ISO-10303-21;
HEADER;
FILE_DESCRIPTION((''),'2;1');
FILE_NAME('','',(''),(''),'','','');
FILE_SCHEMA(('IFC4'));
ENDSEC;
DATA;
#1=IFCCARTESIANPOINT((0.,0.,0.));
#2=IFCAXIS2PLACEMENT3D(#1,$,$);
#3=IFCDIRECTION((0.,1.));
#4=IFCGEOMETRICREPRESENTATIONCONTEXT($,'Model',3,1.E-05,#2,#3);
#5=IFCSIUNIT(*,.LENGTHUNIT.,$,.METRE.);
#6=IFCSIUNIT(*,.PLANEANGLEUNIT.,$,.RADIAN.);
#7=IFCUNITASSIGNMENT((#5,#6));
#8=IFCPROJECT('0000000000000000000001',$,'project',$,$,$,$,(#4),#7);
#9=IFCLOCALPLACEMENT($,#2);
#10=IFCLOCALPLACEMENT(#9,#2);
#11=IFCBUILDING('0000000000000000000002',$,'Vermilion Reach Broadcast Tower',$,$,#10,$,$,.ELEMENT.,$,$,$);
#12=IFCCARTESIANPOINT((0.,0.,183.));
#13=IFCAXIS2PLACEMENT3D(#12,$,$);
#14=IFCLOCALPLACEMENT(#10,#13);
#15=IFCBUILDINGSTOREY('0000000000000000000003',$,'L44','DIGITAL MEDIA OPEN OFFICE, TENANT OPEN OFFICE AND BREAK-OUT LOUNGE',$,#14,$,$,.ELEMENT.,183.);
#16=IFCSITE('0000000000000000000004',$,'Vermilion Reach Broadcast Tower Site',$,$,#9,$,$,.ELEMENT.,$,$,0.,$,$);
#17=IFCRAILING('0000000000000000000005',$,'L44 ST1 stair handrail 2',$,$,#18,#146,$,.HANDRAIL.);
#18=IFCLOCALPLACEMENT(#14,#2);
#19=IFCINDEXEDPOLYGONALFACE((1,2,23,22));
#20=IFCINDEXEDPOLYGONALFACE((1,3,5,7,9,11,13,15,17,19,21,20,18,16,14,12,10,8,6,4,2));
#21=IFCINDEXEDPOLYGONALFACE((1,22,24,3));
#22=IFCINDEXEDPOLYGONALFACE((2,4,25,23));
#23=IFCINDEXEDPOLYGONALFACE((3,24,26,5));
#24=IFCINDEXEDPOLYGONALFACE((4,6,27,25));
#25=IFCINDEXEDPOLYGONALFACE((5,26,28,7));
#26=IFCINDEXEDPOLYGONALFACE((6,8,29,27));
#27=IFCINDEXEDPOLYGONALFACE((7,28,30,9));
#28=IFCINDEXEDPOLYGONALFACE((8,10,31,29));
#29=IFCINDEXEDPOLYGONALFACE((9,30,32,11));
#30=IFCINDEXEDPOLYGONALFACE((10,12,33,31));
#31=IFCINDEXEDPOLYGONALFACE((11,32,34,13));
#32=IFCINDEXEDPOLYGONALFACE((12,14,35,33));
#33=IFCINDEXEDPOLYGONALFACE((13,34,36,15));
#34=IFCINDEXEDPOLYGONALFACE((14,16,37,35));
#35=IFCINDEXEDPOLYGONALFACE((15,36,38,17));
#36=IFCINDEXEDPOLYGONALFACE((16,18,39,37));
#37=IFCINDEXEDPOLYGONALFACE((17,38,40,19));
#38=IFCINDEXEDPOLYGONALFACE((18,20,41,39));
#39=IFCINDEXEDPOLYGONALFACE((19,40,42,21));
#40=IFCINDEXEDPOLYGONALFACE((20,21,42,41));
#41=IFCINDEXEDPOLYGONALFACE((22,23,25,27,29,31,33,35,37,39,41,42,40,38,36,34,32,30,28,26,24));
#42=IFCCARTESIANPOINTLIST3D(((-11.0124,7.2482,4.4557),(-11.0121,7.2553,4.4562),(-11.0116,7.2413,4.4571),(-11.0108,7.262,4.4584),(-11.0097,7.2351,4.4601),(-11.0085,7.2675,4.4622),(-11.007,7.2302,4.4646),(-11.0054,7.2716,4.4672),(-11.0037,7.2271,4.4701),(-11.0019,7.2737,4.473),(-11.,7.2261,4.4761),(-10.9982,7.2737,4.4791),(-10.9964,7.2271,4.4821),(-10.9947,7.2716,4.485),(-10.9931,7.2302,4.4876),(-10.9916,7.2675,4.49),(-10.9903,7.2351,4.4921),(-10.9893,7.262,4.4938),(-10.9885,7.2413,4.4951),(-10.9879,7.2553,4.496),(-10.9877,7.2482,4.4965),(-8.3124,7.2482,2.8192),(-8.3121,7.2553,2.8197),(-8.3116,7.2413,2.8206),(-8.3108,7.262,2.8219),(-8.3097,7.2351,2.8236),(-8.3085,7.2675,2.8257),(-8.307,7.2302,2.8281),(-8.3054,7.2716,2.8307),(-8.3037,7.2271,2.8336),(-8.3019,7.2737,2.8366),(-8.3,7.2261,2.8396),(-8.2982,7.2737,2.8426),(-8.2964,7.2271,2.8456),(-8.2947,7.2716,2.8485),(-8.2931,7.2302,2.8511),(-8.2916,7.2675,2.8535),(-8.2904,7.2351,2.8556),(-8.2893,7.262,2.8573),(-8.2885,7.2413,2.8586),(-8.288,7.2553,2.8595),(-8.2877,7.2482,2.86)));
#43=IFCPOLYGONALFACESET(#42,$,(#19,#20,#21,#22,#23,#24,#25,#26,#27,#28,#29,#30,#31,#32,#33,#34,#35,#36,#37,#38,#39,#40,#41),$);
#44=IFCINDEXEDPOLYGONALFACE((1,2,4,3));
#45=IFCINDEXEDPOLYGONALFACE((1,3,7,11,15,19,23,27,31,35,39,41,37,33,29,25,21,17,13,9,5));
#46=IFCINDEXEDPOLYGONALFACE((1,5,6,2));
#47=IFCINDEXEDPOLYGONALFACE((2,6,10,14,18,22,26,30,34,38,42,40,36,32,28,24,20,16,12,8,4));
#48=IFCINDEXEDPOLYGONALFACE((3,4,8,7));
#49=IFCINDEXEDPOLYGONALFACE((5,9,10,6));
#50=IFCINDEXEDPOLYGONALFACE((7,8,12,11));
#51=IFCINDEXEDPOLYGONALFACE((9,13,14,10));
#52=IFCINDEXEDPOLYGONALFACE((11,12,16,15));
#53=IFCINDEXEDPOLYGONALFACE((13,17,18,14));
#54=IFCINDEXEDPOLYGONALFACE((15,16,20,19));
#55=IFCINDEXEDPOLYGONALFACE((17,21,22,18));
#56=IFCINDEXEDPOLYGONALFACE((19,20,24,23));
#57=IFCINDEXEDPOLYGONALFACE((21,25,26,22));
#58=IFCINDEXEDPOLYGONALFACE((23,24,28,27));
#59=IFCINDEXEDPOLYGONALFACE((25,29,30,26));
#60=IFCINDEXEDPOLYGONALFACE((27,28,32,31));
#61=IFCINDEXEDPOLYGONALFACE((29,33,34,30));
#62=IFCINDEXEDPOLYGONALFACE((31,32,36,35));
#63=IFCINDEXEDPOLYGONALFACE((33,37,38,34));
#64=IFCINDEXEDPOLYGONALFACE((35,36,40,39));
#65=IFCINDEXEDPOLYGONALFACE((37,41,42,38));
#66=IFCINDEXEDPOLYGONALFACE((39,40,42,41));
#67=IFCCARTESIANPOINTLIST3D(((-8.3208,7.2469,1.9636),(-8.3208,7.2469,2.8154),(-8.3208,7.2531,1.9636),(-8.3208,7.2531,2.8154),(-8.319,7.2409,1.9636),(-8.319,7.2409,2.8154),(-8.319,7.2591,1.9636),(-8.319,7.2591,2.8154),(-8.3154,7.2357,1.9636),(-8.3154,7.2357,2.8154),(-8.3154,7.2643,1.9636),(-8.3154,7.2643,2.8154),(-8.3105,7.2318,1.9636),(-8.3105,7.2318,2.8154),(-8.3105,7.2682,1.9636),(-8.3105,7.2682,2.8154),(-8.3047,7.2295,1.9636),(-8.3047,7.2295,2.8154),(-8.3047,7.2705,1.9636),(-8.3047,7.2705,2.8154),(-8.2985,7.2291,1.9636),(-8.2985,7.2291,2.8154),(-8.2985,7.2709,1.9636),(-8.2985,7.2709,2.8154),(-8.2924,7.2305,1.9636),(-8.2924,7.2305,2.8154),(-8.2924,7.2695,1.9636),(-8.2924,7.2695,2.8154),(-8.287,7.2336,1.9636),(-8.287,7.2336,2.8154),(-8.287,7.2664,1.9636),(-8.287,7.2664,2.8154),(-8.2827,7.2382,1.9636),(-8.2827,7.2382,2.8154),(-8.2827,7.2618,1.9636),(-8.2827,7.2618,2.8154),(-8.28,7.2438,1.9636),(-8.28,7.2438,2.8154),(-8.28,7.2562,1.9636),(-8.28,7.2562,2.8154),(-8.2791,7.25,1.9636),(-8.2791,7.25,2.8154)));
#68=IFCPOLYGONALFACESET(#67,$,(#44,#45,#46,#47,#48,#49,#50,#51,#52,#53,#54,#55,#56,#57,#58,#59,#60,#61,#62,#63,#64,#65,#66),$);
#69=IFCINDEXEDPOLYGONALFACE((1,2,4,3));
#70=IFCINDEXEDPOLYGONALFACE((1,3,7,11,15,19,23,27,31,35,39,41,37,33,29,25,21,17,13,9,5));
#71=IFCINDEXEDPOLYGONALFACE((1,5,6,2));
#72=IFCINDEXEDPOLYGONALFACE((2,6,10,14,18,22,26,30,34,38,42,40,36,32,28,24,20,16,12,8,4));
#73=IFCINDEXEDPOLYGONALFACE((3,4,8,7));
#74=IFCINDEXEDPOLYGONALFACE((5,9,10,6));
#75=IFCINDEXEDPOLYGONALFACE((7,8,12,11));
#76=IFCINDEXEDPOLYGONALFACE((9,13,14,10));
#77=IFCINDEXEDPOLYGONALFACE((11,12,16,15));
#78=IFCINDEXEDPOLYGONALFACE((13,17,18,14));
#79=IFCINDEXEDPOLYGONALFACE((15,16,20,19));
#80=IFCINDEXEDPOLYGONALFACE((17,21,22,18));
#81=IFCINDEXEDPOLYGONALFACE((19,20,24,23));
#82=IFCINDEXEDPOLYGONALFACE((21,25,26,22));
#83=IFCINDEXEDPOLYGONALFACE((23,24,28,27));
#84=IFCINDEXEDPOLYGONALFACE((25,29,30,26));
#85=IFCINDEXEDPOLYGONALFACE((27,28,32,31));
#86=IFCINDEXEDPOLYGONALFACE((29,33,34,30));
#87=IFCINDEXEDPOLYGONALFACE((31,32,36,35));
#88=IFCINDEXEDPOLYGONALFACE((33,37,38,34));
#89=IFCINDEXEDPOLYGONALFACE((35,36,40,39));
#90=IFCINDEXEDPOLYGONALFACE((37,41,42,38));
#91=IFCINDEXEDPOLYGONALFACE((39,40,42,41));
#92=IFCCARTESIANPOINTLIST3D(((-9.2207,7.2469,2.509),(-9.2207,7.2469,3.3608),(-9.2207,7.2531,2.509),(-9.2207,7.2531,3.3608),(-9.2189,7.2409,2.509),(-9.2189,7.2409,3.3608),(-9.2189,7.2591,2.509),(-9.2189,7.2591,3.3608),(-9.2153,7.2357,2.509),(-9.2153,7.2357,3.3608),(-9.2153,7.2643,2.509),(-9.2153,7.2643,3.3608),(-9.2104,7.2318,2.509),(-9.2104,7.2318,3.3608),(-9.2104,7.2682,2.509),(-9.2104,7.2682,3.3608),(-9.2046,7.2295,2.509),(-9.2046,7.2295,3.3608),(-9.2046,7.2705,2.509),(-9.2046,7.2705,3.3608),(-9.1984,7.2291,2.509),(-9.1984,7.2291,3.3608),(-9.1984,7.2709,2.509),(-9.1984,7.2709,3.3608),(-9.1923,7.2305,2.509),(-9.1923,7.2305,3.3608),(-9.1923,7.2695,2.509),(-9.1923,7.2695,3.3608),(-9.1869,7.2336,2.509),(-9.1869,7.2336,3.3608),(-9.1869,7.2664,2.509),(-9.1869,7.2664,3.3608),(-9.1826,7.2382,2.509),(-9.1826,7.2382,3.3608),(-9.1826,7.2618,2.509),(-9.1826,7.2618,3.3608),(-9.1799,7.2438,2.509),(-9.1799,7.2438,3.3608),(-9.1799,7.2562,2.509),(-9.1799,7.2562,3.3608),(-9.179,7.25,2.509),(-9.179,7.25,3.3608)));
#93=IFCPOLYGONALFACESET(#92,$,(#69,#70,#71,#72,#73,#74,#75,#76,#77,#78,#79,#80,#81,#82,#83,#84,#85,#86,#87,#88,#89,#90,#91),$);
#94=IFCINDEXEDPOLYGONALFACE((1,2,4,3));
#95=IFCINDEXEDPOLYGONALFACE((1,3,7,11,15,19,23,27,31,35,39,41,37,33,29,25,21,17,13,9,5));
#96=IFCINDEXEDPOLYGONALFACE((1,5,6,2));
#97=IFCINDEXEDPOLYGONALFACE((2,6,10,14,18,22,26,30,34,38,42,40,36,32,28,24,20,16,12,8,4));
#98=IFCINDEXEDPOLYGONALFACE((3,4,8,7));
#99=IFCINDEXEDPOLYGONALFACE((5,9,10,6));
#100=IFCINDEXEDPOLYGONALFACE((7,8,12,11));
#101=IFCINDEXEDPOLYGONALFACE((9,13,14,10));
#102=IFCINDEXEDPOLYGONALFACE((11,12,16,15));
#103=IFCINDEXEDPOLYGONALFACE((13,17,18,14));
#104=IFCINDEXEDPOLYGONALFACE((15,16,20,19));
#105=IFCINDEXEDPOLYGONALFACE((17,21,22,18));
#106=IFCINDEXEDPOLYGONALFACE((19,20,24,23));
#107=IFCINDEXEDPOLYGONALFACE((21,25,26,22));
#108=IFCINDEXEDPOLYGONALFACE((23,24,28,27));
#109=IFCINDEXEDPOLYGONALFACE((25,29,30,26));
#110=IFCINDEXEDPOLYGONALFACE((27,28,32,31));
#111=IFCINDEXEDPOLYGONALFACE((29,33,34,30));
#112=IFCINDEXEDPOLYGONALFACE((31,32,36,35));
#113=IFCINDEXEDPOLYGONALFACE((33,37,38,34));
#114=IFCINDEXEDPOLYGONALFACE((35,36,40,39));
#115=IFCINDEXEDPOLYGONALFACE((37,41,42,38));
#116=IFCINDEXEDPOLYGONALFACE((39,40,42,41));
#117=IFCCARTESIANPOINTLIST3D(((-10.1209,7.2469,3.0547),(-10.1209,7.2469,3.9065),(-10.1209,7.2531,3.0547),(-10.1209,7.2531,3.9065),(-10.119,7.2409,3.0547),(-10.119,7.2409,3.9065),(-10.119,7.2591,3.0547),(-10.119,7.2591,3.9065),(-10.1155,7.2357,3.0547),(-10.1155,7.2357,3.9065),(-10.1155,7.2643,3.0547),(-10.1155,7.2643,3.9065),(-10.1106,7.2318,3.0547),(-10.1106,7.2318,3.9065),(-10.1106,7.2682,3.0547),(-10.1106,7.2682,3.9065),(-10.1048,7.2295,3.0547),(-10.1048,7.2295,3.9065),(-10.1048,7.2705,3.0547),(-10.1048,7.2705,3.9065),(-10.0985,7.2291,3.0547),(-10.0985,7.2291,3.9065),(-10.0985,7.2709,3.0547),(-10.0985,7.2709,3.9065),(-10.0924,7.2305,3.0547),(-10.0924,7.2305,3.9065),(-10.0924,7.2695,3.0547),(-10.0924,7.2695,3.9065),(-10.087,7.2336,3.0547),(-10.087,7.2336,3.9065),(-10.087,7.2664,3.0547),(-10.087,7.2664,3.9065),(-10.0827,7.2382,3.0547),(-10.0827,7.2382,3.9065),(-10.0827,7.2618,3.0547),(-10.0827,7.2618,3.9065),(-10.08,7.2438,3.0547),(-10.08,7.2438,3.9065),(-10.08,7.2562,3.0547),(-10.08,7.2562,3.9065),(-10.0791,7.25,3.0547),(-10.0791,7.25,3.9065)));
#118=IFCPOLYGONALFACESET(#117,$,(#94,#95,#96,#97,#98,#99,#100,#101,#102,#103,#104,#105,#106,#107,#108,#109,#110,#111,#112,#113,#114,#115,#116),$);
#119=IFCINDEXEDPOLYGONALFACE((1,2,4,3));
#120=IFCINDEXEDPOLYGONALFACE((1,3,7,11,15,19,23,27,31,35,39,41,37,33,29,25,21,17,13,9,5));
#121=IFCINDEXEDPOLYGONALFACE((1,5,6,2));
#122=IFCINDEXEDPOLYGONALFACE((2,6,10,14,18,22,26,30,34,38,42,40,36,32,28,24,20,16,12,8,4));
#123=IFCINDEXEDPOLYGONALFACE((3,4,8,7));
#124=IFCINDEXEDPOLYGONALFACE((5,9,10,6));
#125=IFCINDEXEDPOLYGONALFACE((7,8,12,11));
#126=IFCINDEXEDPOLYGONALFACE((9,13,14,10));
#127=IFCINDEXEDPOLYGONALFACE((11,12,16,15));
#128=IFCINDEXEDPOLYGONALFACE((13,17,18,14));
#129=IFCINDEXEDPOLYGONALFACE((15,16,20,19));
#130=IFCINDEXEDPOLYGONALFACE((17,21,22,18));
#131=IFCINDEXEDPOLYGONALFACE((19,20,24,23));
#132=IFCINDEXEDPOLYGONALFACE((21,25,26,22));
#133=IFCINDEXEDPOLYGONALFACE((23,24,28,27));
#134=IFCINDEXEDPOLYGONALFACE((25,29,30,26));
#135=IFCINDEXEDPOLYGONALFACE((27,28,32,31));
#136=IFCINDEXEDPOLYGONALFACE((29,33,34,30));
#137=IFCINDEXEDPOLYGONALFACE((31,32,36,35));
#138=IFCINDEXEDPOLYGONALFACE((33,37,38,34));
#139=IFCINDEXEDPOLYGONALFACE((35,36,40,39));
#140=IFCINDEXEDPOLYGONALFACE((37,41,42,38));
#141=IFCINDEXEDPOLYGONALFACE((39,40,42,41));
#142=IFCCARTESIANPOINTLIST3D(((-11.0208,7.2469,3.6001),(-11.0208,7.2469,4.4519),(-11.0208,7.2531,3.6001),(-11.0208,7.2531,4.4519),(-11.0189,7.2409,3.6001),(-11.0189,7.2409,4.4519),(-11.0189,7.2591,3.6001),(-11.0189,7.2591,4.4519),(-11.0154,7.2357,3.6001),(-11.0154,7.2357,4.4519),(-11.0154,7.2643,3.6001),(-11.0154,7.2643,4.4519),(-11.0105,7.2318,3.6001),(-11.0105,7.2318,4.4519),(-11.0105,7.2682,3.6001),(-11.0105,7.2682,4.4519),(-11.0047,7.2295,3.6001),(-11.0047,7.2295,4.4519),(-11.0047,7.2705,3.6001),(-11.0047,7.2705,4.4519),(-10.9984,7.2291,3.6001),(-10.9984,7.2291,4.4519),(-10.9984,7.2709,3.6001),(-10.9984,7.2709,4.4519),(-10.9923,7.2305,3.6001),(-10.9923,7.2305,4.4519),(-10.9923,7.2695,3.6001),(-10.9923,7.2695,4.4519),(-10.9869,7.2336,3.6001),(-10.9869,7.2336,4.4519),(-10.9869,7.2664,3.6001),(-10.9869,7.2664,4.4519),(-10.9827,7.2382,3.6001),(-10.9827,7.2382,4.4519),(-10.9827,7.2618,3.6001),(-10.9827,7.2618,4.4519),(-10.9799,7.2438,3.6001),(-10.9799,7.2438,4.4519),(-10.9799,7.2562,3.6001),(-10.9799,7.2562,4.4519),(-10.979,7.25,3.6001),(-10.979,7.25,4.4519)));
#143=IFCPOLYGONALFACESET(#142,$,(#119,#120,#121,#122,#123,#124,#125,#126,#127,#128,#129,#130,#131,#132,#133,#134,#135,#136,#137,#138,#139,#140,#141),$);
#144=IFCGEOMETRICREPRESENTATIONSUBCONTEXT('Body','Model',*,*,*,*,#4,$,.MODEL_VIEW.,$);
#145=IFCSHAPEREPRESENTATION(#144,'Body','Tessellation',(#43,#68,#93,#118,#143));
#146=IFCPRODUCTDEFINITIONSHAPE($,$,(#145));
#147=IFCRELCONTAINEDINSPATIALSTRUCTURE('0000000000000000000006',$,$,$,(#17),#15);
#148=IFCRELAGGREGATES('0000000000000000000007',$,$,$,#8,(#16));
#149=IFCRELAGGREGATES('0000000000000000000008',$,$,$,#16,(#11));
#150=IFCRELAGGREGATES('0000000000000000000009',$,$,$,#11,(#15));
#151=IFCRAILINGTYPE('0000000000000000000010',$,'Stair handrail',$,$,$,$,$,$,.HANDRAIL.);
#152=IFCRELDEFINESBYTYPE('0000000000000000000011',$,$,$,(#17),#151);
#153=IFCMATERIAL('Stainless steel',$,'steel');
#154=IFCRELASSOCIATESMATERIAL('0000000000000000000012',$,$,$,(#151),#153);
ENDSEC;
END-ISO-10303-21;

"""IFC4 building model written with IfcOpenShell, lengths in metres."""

from ifc_helpers import new_model, si_unit, direction, frame, origin, origin_2d, place, context, subcontext, project, spatial, circle, extrude, material, type_object, element, save


model = new_model("IFC4")

# Units and contexts
model_context = context("Model", 3, precision=1e-05, world=origin(), true_north=direction((0.0, 1.0)))
body_context = subcontext(model_context, "Body", "Model", "MODEL_VIEW")
ifc_project = project(units=[si_unit("LENGTHUNIT", "METRE"), si_unit("PLANEANGLEUNIT", "RADIAN")], contexts=[model_context])

# Site, building, storey
site_placement = place(None, origin())
site = spatial("IfcSite", under=ifc_project, at=site_placement, Name="Vermilion Reach Broadcast Tower Site", CompositionType="ELEMENT", RefElevation=0.0)
building_placement = place(site_placement, origin())
building = spatial("IfcBuilding", under=site, at=building_placement, Name="Vermilion Reach Broadcast Tower", CompositionType="ELEMENT")
storey_placement = place(building_placement, frame((0.0, 0.0, 183.0)))
storey = spatial("IfcBuildingStorey", under=building, at=storey_placement, Name="L44", Description="DIGITAL MEDIA OPEN OFFICE, TENANT OPEN OFFICE AND BREAK-OUT LOUNGE", CompositionType="ELEMENT", Elevation=183.0)

# Railing
ifc_material_1 = material(Name="Stainless steel", Category="steel")
railing_type_1 = type_object("IfcRailingType", Name="Stair handrail", PredefinedType="HANDRAIL", material=ifc_material_1)
railing_1_placement = place(storey_placement, frame((-8.3, 7.25, 1.9636)))
element("IfcRailing", 1, at=railing_1_placement, inside=storey, type_object=railing_type_1, Name="L44 ST1 stair handrail 2", PredefinedType="HANDRAIL", context=body_context, shape_type="SweptSolid", body=[
    extrude(circle(Radius=0.0239, at=origin_2d()), frame((0.0, 0.0, 0.876), z_axis=(-0.855178, 0.0, 0.518334), x_axis=(0.0, -1.0, 0.0)), (0.0, 0.0, 1.0), 3.1572),
    extrude(circle(Radius=0.021, at=origin_2d()), origin(), (0.0, 0.0, 1.0), 0.8518),
    extrude(circle(Radius=0.021, at=origin_2d()), frame((-0.8999, 0.0, 0.5454)), (0.0, 0.0, 1.0), 0.8518),
    extrude(circle(Radius=0.021, at=origin_2d()), frame((-1.8, 0.0, 1.0911)), (0.0, 0.0, 1.0), 0.8518),
    extrude(circle(Radius=0.021, at=origin_2d()), frame((-2.7, 0.0, 1.6365)), (0.0, 0.0, 1.0), 0.8518),
])

save(model, "model.ifc")
